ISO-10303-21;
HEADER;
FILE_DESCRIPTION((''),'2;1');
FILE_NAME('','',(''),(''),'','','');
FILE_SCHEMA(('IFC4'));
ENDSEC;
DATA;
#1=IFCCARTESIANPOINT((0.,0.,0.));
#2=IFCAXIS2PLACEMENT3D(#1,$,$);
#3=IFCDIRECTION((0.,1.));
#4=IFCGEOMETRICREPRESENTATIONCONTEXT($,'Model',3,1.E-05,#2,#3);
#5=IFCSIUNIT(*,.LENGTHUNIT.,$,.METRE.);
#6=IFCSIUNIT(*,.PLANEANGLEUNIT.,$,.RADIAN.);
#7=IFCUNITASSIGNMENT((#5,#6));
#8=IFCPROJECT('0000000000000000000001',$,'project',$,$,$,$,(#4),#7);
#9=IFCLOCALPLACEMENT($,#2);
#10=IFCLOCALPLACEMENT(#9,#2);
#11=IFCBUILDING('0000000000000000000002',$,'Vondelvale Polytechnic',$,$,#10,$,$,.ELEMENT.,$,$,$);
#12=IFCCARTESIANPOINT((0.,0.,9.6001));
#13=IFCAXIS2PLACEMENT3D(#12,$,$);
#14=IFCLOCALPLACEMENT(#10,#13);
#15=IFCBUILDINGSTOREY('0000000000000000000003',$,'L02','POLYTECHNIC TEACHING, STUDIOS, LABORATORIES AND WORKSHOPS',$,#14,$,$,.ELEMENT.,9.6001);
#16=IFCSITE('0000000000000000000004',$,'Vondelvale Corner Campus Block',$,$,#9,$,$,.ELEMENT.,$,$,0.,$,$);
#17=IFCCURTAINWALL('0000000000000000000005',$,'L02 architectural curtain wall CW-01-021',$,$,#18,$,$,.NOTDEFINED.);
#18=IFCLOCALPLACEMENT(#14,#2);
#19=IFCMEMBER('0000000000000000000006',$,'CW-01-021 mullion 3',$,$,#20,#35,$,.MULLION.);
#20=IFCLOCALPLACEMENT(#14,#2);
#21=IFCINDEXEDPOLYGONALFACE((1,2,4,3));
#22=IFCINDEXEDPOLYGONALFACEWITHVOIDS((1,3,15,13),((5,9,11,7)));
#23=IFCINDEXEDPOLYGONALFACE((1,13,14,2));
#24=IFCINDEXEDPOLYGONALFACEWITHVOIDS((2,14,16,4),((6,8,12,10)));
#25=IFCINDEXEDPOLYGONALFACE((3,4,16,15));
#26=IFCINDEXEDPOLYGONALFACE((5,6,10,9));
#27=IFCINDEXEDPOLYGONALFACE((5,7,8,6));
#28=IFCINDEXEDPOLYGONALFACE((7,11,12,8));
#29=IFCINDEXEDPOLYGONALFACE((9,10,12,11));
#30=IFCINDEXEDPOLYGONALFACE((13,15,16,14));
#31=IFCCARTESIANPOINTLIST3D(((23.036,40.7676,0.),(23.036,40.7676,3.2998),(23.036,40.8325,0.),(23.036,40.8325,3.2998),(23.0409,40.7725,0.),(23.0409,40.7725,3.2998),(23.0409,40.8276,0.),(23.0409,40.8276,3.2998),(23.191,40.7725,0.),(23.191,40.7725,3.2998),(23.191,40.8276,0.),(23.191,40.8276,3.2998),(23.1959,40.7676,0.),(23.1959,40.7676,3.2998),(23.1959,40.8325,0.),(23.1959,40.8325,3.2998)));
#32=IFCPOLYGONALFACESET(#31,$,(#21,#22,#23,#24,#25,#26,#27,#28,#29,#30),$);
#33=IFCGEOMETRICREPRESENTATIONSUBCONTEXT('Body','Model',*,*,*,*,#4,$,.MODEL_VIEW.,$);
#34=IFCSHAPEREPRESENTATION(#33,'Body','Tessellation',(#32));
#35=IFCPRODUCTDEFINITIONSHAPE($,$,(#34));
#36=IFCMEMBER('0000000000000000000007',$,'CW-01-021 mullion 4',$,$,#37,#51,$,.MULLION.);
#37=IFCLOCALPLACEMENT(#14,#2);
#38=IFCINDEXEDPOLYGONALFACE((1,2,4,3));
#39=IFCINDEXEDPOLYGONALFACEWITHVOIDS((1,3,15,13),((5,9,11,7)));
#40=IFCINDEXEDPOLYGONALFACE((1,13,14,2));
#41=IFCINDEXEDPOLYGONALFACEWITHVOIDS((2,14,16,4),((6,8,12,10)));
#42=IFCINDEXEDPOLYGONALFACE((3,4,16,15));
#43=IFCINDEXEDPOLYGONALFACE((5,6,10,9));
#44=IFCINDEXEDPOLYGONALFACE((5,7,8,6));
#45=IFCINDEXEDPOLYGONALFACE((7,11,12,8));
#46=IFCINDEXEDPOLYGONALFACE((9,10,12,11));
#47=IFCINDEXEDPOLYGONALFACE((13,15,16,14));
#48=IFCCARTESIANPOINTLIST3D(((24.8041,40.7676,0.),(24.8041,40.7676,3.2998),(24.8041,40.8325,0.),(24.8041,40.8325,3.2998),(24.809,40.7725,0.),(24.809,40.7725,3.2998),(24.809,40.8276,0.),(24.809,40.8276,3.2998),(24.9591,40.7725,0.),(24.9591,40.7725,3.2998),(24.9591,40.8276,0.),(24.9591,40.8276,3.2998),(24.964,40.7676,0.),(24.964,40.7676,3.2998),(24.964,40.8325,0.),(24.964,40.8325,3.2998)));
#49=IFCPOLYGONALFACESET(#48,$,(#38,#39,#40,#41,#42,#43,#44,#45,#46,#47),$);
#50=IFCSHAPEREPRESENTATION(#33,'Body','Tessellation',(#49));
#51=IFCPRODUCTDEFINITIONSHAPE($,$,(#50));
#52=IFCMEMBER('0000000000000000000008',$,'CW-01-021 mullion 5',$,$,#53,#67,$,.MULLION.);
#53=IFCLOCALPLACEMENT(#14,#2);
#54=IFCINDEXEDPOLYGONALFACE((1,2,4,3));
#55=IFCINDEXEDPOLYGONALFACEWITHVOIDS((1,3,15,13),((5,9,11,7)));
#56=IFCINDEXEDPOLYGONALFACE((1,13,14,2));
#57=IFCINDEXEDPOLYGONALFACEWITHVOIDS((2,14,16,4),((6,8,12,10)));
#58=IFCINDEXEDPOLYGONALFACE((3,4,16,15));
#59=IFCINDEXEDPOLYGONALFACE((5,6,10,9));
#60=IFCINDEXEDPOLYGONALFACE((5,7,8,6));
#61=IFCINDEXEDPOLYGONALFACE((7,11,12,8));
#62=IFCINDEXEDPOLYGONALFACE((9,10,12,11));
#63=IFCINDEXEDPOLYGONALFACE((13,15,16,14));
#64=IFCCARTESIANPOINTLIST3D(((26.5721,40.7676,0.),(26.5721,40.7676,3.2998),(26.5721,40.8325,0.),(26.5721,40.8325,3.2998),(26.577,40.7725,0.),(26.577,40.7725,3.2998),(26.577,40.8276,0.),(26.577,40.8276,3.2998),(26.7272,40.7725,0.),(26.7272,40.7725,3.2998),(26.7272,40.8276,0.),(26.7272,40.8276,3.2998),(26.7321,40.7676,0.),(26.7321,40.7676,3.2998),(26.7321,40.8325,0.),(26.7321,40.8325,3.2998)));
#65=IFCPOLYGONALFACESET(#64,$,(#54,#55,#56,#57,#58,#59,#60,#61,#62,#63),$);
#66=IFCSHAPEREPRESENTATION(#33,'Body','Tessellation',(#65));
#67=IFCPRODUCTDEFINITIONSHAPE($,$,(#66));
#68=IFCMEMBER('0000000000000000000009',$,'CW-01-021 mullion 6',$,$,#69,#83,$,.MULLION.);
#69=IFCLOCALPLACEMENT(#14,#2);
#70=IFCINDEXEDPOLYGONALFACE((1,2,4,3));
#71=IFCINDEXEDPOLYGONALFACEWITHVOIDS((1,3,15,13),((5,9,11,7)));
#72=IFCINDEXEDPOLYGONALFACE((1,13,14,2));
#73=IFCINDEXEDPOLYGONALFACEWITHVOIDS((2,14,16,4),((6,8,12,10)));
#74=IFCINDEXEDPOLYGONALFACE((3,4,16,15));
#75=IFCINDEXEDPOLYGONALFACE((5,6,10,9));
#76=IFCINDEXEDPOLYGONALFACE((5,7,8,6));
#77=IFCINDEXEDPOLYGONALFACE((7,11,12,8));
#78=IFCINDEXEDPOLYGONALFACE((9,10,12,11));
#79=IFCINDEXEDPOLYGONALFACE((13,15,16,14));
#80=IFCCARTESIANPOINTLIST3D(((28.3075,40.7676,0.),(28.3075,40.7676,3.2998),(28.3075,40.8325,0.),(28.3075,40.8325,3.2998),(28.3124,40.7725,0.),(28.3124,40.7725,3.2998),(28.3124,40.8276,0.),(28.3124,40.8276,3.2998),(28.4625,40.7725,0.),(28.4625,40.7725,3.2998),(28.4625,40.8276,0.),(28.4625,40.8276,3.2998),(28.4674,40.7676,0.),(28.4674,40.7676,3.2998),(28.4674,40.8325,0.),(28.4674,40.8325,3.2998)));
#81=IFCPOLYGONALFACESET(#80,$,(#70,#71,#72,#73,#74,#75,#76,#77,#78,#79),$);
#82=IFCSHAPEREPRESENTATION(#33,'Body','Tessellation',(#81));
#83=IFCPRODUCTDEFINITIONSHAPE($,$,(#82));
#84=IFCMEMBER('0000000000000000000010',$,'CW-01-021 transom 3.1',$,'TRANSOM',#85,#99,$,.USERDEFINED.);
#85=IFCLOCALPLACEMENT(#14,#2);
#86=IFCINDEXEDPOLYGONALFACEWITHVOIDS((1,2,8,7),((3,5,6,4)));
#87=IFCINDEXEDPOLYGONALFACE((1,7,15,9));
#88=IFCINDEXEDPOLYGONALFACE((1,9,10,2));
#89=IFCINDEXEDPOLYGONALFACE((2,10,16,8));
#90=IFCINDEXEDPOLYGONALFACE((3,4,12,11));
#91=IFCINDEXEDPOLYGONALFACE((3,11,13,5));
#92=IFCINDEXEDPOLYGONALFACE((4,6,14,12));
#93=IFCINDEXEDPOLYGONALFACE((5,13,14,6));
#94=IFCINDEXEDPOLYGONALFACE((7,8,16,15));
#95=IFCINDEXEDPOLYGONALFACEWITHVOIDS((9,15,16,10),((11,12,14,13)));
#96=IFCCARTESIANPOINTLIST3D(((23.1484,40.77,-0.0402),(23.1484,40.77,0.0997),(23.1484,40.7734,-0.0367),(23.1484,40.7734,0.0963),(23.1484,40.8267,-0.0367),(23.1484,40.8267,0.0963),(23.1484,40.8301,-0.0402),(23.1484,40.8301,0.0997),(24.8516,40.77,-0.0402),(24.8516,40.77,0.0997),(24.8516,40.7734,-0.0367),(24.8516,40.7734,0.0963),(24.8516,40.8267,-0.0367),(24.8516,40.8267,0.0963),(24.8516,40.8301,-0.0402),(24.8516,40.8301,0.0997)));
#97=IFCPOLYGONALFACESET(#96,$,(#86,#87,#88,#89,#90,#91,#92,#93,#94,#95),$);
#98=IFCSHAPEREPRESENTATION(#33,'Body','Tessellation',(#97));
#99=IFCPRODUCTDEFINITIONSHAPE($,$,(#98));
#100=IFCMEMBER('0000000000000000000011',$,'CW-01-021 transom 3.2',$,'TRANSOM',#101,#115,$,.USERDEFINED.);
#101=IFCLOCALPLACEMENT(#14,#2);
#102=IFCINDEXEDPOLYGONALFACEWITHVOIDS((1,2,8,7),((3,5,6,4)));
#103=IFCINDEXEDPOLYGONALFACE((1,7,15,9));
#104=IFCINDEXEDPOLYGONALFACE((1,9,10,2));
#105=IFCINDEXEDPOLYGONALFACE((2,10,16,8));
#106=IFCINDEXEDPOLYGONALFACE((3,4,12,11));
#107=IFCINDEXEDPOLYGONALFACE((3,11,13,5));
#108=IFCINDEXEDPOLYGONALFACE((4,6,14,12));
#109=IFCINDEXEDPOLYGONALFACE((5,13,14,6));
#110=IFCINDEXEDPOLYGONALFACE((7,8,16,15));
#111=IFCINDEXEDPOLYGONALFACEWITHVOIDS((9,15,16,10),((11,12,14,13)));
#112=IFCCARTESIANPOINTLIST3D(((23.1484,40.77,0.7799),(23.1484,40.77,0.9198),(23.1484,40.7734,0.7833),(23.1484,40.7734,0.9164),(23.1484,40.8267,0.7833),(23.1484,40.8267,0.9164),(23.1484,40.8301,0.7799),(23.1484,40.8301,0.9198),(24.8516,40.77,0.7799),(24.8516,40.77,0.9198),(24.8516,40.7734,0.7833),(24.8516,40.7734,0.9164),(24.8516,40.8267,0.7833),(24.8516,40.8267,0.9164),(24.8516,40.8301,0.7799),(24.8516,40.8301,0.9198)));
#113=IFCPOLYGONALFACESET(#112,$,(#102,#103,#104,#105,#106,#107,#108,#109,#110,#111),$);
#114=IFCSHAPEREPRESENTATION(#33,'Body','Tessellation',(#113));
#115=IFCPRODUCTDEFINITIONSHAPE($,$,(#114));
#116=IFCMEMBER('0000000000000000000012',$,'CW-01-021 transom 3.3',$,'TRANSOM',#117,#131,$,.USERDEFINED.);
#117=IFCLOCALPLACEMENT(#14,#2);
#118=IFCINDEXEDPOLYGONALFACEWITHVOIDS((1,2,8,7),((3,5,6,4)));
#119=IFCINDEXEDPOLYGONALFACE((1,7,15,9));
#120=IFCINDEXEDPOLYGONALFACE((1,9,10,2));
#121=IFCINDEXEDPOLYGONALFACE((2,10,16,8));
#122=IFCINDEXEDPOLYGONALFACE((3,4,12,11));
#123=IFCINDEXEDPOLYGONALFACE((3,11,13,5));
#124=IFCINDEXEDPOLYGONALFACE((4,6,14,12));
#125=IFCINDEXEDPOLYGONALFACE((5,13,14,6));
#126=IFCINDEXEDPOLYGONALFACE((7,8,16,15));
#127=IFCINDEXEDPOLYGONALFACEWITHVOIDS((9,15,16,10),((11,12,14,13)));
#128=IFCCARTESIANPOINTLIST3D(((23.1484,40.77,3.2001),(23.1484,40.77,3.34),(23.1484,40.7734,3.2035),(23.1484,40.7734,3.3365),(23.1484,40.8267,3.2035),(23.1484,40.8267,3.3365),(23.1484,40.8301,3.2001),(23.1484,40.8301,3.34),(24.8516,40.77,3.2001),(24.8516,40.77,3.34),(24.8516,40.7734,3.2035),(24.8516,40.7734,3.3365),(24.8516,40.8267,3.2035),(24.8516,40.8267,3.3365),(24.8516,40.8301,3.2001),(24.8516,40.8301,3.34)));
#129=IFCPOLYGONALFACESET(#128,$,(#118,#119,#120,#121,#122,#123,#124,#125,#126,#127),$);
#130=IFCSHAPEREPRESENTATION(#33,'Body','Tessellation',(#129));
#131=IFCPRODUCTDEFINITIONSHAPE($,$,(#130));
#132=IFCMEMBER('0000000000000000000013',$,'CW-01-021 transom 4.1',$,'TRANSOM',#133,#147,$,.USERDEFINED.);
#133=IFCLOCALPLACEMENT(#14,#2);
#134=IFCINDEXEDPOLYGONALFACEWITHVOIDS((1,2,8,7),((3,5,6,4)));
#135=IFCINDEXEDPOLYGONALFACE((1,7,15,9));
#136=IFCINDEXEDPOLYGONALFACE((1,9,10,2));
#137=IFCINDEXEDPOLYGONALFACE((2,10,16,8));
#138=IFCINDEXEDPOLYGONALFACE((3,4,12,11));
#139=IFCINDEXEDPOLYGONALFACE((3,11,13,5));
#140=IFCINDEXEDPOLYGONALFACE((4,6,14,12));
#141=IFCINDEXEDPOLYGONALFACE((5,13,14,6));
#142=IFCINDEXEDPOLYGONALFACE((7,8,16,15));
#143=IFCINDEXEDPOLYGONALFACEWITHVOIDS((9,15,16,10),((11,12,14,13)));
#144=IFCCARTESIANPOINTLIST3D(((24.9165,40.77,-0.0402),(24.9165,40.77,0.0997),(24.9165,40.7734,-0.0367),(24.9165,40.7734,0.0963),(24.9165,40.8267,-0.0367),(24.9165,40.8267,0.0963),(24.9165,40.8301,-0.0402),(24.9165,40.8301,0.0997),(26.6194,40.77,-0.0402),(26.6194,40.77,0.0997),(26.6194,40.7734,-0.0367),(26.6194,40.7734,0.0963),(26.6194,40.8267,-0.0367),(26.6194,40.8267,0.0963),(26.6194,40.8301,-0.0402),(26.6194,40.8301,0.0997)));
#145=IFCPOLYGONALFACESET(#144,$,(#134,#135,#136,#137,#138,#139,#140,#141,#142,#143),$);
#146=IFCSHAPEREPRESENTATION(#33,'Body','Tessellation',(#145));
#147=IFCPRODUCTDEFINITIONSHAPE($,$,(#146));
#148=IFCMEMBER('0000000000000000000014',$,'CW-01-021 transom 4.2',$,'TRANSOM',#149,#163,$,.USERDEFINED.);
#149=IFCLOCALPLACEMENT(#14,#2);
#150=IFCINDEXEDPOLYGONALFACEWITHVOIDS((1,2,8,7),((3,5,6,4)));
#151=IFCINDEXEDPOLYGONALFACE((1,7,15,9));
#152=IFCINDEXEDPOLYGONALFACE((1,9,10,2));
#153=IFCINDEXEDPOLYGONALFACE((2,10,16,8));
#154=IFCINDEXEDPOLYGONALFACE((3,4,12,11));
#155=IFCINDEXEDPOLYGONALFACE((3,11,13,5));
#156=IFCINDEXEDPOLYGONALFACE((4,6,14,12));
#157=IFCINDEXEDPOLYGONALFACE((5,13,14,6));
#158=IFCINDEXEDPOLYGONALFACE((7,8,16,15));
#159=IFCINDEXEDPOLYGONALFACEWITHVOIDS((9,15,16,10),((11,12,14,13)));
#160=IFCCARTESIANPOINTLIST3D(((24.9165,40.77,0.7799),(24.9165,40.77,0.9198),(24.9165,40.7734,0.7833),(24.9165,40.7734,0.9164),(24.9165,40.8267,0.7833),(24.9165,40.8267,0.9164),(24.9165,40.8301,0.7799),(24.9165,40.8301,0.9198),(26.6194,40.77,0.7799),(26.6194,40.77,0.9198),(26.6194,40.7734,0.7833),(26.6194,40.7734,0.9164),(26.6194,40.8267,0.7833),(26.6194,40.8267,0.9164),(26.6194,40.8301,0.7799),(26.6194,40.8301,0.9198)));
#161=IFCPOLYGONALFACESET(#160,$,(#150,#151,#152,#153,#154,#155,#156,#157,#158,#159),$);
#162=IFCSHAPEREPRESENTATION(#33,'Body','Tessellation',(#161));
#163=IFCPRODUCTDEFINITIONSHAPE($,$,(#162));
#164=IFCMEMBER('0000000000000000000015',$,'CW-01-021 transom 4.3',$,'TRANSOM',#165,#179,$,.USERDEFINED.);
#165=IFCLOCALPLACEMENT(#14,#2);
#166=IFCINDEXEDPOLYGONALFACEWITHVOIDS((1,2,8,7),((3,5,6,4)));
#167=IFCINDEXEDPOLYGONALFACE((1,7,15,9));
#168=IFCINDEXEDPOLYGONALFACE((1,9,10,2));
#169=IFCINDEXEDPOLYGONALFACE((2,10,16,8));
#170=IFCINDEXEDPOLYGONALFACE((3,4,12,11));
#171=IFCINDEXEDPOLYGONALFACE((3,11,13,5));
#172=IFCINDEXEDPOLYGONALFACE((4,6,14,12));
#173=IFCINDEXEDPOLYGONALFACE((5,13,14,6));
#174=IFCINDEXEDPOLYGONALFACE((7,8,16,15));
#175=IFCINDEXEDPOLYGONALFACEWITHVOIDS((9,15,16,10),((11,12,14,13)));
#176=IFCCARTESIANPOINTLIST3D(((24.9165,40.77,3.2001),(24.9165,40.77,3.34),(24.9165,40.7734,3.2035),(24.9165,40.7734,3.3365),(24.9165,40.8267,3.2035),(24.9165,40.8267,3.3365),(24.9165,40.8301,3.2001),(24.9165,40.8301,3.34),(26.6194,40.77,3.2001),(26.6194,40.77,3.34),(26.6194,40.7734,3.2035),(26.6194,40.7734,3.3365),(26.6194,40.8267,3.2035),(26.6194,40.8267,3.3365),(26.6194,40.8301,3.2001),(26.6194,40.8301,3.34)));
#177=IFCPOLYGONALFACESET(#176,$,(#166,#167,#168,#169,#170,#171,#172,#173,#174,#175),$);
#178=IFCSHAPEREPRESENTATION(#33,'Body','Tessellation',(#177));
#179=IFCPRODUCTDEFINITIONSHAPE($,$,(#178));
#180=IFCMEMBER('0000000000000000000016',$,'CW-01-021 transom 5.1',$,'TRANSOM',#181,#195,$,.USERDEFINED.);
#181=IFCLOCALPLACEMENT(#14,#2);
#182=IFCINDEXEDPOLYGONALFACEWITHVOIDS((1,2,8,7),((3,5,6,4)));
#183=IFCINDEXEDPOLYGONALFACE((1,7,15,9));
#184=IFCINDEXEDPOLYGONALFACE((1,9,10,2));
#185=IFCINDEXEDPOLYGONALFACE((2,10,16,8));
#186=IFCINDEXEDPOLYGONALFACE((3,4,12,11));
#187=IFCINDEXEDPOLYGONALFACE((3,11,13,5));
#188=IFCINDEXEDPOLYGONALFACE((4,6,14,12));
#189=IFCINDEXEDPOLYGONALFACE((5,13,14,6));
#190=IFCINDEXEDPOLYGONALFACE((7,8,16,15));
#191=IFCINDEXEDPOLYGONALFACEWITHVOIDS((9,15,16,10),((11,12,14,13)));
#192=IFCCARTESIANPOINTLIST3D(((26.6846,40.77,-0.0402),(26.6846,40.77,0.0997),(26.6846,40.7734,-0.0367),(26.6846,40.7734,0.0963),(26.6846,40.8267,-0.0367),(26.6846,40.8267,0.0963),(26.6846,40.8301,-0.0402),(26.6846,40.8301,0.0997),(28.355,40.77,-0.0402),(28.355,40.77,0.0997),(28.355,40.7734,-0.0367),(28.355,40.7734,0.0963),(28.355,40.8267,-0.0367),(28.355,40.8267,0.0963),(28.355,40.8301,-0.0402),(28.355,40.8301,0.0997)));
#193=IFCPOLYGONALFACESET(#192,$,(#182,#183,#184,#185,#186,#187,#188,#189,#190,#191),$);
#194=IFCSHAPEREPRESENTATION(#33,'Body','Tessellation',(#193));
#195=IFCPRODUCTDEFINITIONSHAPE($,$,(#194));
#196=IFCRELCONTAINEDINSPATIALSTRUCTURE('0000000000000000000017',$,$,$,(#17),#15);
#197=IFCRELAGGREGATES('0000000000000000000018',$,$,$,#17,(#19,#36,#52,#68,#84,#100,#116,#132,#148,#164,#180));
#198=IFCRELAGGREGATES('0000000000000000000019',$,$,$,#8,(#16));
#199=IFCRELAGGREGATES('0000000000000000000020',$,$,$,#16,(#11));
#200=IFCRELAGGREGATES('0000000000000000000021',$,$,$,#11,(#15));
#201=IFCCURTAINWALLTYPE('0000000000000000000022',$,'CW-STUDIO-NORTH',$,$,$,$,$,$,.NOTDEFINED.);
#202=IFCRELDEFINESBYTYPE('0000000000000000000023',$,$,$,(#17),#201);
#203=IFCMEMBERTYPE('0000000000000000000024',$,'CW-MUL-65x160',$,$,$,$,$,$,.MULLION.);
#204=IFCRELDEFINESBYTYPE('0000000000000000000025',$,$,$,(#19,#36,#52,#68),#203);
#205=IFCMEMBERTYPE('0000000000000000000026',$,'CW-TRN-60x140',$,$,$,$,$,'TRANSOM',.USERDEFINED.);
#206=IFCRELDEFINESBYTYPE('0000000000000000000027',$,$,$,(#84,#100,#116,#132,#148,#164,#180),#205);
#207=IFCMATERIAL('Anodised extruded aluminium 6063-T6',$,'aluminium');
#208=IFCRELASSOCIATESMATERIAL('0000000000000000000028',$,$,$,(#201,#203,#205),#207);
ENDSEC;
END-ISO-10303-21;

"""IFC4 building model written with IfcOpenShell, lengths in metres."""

from ifc_helpers import new_model, si_unit, direction, frame, origin, origin_2d, place, context, subcontext, project, spatial, hollow_rectangle, extrude, material, material_profile, profile_set, type_object, element, aggregate, save


model = new_model("IFC4")

# Units and contexts
model_context = context("Model", 3, precision=1e-05, world=origin(), true_north=direction((0.0, 1.0)))
body_context = subcontext(model_context, "Body", "Model", "MODEL_VIEW")
ifc_project = project(units=[si_unit("LENGTHUNIT", "METRE"), si_unit("PLANEANGLEUNIT", "RADIAN")], contexts=[model_context])

# Site, building, storey
site_placement = place(None, origin())
site = spatial("IfcSite", under=ifc_project, at=site_placement, Name="Vondelvale Corner Campus Block", CompositionType="ELEMENT", RefElevation=0.0)
building_placement = place(site_placement, origin())
building = spatial("IfcBuilding", under=site, at=building_placement, Name="Vondelvale Polytechnic", CompositionType="ELEMENT")
storey_placement = place(building_placement, frame((0.0, 0.0, 9.6001)))
storey = spatial("IfcBuildingStorey", under=building, at=storey_placement, Name="L02", Description="POLYTECHNIC TEACHING, STUDIOS, LABORATORIES AND WORKSHOPS", CompositionType="ELEMENT", Elevation=9.6001)

# Curtain wall, members
ifc_material_1 = material(Name="Anodised extruded aluminium 6063-T6", Category="aluminium")
curtain_wall_type = type_object("IfcCurtainWallType", Name="CW-STUDIO-NORTH", PredefinedType="NOTDEFINED", material=ifc_material_1)
curtain_wall_placement = place(storey_placement, origin())
curtain_wall = element("IfcCurtainWall", 1, at=curtain_wall_placement, inside=storey, type_object=curtain_wall_type, Name="L02 architectural curtain wall CW-01-021", PredefinedType="NOTDEFINED")
ifc_material_profile_1 = material_profile(ifc_material_1, hollow_rectangle(XDim=0.0649, YDim=0.1599, WallThickness=0.0049, at=origin_2d()), Name="CW-MUL-160x65")
ifc_profile_set_1 = profile_set([ifc_material_profile_1], Name="Anodised extruded aluminium 6063-T6")
member_type_1 = type_object("IfcMemberType", Name="CW-MUL-65x160", PredefinedType="MULLION", material=ifc_profile_set_1)
member_1_placement = place(storey_placement, frame((23.116, 40.8, 0.0), z_axis=(0.0, 0.0, 1.0), x_axis=(0.0, 1.0, 0.0)))
member_1 = element("IfcMember", 2, at=member_1_placement, type_object=member_type_1, Name="CW-01-021 mullion 3", PredefinedType="MULLION", context=body_context, shape_type="SweptSolid", body=[
    extrude(hollow_rectangle(XDim=0.0649, YDim=0.1599, WallThickness=0.0049, at=origin_2d()), origin(), (0.0, 0.0, 1.0), 3.2998),
])
member_2_placement = place(storey_placement, frame((24.884, 40.8, 0.0), z_axis=(0.0, 0.0, 1.0), x_axis=(0.0, 1.0, 0.0)))
member_2 = element("IfcMember", 3, at=member_2_placement, type_object=member_type_1, Name="CW-01-021 mullion 4", PredefinedType="MULLION", context=body_context, shape_type="SweptSolid", body=[
    extrude(hollow_rectangle(XDim=0.0649, YDim=0.1599, WallThickness=0.0049, at=origin_2d()), origin(), (0.0, 0.0, 1.0), 3.2998),
])
member_3_placement = place(storey_placement, frame((26.6521, 40.8, 0.0), z_axis=(0.0, 0.0, 1.0), x_axis=(0.0, 1.0, 0.0)))
member_3 = element("IfcMember", 4, at=member_3_placement, type_object=member_type_1, Name="CW-01-021 mullion 5", PredefinedType="MULLION", context=body_context, shape_type="SweptSolid", body=[
    extrude(hollow_rectangle(XDim=0.0649, YDim=0.1599, WallThickness=0.0049, at=origin_2d()), origin(), (0.0, 0.0, 1.0), 3.2998),
])
member_4_placement = place(storey_placement, frame((28.3875, 40.8, 0.0), z_axis=(0.0, 0.0, 1.0), x_axis=(0.0, 1.0, 0.0)))
member_4 = element("IfcMember", 5, at=member_4_placement, type_object=member_type_1, Name="CW-01-021 mullion 6", PredefinedType="MULLION", context=body_context, shape_type="SweptSolid", body=[
    extrude(hollow_rectangle(XDim=0.0649, YDim=0.1599, WallThickness=0.0049, at=origin_2d()), origin(), (0.0, 0.0, 1.0), 3.2998),
])
ifc_material_profile_2 = material_profile(ifc_material_1, hollow_rectangle(XDim=0.0601, YDim=0.1399, WallThickness=0.0034, at=origin_2d()), Name="CW-TRN-140x60")
ifc_profile_set_2 = profile_set([ifc_material_profile_2], Name="Anodised extruded aluminium 6063-T6")
member_type_2 = type_object("IfcMemberType", Name="CW-TRN-60x140", ElementType="TRANSOM", PredefinedType="USERDEFINED", material=ifc_profile_set_2)
member_5_placement = place(storey_placement, frame((23.1484, 40.8, 0.0298), z_axis=(1.0, 0.0, 0.0), x_axis=(0.0, 1.0, 0.0)))
member_5 = element("IfcMember", 6, at=member_5_placement, type_object=member_type_2, Name="CW-01-021 transom 3.1", ObjectType="TRANSOM", PredefinedType="USERDEFINED", context=body_context, shape_type="SweptSolid", body=[
    extrude(hollow_rectangle(XDim=0.0601, YDim=0.1399, WallThickness=0.0034, at=origin_2d()), origin(), (0.0, 0.0, 1.0), 1.7031),
])
member_6_placement = place(storey_placement, frame((23.1484, 40.8, 0.8499), z_axis=(1.0, 0.0, 0.0), x_axis=(0.0, 1.0, 0.0)))
member_6 = element("IfcMember", 7, at=member_6_placement, type_object=member_type_2, Name="CW-01-021 transom 3.2", ObjectType="TRANSOM", PredefinedType="USERDEFINED", context=body_context, shape_type="SweptSolid", body=[
    extrude(hollow_rectangle(XDim=0.0601, YDim=0.1399, WallThickness=0.0034, at=origin_2d()), origin(), (0.0, 0.0, 1.0), 1.7031),
])
member_7_placement = place(storey_placement, frame((23.1484, 40.8, 3.27), z_axis=(1.0, 0.0, 0.0), x_axis=(0.0, 1.0, 0.0)))
member_7 = element("IfcMember", 8, at=member_7_placement, type_object=member_type_2, Name="CW-01-021 transom 3.3", ObjectType="TRANSOM", PredefinedType="USERDEFINED", context=body_context, shape_type="SweptSolid", body=[
    extrude(hollow_rectangle(XDim=0.0601, YDim=0.1399, WallThickness=0.0034, at=origin_2d()), origin(), (0.0, 0.0, 1.0), 1.7031),
])
member_8_placement = place(storey_placement, frame((24.9165, 40.8, 0.0298), z_axis=(1.0, 0.0, 0.0), x_axis=(0.0, 1.0, 0.0)))
member_8 = element("IfcMember", 9, at=member_8_placement, type_object=member_type_2, Name="CW-01-021 transom 4.1", ObjectType="TRANSOM", PredefinedType="USERDEFINED", context=body_context, shape_type="SweptSolid", body=[
    extrude(hollow_rectangle(XDim=0.0601, YDim=0.1399, WallThickness=0.0034, at=origin_2d()), origin(), (0.0, 0.0, 1.0), 1.7029),
])
member_9_placement = place(storey_placement, frame((24.9165, 40.8, 0.8499), z_axis=(1.0, 0.0, 0.0), x_axis=(0.0, 1.0, 0.0)))
member_9 = element("IfcMember", 10, at=member_9_placement, type_object=member_type_2, Name="CW-01-021 transom 4.2", ObjectType="TRANSOM", PredefinedType="USERDEFINED", context=body_context, shape_type="SweptSolid", body=[
    extrude(hollow_rectangle(XDim=0.0601, YDim=0.1399, WallThickness=0.0034, at=origin_2d()), origin(), (0.0, 0.0, 1.0), 1.7029),
])
member_10_placement = place(storey_placement, frame((24.9165, 40.8, 3.27), z_axis=(1.0, 0.0, 0.0), x_axis=(0.0, 1.0, 0.0)))
member_10 = element("IfcMember", 11, at=member_10_placement, type_object=member_type_2, Name="CW-01-021 transom 4.3", ObjectType="TRANSOM", PredefinedType="USERDEFINED", context=body_context, shape_type="SweptSolid", body=[
    extrude(hollow_rectangle(XDim=0.0601, YDim=0.1399, WallThickness=0.0034, at=origin_2d()), origin(), (0.0, 0.0, 1.0), 1.7029),
])
member_11_placement = place(storey_placement, frame((26.6846, 40.8, 0.0298), z_axis=(1.0, 0.0, 0.0), x_axis=(0.0, 1.0, 0.0)))
member_11 = element("IfcMember", 12, at=member_11_placement, type_object=member_type_2, Name="CW-01-021 transom 5.1", ObjectType="TRANSOM", PredefinedType="USERDEFINED", context=body_context, shape_type="SweptSolid", body=[
    extrude(hollow_rectangle(XDim=0.0601, YDim=0.1399, WallThickness=0.0034, at=origin_2d()), origin(), (0.0, 0.0, 1.0), 1.6704),
])
aggregate(curtain_wall, [member_1, member_2, member_3, member_4, member_5, member_6, member_7, member_8, member_9, member_10, member_11])

save(model, "model.ifc")
